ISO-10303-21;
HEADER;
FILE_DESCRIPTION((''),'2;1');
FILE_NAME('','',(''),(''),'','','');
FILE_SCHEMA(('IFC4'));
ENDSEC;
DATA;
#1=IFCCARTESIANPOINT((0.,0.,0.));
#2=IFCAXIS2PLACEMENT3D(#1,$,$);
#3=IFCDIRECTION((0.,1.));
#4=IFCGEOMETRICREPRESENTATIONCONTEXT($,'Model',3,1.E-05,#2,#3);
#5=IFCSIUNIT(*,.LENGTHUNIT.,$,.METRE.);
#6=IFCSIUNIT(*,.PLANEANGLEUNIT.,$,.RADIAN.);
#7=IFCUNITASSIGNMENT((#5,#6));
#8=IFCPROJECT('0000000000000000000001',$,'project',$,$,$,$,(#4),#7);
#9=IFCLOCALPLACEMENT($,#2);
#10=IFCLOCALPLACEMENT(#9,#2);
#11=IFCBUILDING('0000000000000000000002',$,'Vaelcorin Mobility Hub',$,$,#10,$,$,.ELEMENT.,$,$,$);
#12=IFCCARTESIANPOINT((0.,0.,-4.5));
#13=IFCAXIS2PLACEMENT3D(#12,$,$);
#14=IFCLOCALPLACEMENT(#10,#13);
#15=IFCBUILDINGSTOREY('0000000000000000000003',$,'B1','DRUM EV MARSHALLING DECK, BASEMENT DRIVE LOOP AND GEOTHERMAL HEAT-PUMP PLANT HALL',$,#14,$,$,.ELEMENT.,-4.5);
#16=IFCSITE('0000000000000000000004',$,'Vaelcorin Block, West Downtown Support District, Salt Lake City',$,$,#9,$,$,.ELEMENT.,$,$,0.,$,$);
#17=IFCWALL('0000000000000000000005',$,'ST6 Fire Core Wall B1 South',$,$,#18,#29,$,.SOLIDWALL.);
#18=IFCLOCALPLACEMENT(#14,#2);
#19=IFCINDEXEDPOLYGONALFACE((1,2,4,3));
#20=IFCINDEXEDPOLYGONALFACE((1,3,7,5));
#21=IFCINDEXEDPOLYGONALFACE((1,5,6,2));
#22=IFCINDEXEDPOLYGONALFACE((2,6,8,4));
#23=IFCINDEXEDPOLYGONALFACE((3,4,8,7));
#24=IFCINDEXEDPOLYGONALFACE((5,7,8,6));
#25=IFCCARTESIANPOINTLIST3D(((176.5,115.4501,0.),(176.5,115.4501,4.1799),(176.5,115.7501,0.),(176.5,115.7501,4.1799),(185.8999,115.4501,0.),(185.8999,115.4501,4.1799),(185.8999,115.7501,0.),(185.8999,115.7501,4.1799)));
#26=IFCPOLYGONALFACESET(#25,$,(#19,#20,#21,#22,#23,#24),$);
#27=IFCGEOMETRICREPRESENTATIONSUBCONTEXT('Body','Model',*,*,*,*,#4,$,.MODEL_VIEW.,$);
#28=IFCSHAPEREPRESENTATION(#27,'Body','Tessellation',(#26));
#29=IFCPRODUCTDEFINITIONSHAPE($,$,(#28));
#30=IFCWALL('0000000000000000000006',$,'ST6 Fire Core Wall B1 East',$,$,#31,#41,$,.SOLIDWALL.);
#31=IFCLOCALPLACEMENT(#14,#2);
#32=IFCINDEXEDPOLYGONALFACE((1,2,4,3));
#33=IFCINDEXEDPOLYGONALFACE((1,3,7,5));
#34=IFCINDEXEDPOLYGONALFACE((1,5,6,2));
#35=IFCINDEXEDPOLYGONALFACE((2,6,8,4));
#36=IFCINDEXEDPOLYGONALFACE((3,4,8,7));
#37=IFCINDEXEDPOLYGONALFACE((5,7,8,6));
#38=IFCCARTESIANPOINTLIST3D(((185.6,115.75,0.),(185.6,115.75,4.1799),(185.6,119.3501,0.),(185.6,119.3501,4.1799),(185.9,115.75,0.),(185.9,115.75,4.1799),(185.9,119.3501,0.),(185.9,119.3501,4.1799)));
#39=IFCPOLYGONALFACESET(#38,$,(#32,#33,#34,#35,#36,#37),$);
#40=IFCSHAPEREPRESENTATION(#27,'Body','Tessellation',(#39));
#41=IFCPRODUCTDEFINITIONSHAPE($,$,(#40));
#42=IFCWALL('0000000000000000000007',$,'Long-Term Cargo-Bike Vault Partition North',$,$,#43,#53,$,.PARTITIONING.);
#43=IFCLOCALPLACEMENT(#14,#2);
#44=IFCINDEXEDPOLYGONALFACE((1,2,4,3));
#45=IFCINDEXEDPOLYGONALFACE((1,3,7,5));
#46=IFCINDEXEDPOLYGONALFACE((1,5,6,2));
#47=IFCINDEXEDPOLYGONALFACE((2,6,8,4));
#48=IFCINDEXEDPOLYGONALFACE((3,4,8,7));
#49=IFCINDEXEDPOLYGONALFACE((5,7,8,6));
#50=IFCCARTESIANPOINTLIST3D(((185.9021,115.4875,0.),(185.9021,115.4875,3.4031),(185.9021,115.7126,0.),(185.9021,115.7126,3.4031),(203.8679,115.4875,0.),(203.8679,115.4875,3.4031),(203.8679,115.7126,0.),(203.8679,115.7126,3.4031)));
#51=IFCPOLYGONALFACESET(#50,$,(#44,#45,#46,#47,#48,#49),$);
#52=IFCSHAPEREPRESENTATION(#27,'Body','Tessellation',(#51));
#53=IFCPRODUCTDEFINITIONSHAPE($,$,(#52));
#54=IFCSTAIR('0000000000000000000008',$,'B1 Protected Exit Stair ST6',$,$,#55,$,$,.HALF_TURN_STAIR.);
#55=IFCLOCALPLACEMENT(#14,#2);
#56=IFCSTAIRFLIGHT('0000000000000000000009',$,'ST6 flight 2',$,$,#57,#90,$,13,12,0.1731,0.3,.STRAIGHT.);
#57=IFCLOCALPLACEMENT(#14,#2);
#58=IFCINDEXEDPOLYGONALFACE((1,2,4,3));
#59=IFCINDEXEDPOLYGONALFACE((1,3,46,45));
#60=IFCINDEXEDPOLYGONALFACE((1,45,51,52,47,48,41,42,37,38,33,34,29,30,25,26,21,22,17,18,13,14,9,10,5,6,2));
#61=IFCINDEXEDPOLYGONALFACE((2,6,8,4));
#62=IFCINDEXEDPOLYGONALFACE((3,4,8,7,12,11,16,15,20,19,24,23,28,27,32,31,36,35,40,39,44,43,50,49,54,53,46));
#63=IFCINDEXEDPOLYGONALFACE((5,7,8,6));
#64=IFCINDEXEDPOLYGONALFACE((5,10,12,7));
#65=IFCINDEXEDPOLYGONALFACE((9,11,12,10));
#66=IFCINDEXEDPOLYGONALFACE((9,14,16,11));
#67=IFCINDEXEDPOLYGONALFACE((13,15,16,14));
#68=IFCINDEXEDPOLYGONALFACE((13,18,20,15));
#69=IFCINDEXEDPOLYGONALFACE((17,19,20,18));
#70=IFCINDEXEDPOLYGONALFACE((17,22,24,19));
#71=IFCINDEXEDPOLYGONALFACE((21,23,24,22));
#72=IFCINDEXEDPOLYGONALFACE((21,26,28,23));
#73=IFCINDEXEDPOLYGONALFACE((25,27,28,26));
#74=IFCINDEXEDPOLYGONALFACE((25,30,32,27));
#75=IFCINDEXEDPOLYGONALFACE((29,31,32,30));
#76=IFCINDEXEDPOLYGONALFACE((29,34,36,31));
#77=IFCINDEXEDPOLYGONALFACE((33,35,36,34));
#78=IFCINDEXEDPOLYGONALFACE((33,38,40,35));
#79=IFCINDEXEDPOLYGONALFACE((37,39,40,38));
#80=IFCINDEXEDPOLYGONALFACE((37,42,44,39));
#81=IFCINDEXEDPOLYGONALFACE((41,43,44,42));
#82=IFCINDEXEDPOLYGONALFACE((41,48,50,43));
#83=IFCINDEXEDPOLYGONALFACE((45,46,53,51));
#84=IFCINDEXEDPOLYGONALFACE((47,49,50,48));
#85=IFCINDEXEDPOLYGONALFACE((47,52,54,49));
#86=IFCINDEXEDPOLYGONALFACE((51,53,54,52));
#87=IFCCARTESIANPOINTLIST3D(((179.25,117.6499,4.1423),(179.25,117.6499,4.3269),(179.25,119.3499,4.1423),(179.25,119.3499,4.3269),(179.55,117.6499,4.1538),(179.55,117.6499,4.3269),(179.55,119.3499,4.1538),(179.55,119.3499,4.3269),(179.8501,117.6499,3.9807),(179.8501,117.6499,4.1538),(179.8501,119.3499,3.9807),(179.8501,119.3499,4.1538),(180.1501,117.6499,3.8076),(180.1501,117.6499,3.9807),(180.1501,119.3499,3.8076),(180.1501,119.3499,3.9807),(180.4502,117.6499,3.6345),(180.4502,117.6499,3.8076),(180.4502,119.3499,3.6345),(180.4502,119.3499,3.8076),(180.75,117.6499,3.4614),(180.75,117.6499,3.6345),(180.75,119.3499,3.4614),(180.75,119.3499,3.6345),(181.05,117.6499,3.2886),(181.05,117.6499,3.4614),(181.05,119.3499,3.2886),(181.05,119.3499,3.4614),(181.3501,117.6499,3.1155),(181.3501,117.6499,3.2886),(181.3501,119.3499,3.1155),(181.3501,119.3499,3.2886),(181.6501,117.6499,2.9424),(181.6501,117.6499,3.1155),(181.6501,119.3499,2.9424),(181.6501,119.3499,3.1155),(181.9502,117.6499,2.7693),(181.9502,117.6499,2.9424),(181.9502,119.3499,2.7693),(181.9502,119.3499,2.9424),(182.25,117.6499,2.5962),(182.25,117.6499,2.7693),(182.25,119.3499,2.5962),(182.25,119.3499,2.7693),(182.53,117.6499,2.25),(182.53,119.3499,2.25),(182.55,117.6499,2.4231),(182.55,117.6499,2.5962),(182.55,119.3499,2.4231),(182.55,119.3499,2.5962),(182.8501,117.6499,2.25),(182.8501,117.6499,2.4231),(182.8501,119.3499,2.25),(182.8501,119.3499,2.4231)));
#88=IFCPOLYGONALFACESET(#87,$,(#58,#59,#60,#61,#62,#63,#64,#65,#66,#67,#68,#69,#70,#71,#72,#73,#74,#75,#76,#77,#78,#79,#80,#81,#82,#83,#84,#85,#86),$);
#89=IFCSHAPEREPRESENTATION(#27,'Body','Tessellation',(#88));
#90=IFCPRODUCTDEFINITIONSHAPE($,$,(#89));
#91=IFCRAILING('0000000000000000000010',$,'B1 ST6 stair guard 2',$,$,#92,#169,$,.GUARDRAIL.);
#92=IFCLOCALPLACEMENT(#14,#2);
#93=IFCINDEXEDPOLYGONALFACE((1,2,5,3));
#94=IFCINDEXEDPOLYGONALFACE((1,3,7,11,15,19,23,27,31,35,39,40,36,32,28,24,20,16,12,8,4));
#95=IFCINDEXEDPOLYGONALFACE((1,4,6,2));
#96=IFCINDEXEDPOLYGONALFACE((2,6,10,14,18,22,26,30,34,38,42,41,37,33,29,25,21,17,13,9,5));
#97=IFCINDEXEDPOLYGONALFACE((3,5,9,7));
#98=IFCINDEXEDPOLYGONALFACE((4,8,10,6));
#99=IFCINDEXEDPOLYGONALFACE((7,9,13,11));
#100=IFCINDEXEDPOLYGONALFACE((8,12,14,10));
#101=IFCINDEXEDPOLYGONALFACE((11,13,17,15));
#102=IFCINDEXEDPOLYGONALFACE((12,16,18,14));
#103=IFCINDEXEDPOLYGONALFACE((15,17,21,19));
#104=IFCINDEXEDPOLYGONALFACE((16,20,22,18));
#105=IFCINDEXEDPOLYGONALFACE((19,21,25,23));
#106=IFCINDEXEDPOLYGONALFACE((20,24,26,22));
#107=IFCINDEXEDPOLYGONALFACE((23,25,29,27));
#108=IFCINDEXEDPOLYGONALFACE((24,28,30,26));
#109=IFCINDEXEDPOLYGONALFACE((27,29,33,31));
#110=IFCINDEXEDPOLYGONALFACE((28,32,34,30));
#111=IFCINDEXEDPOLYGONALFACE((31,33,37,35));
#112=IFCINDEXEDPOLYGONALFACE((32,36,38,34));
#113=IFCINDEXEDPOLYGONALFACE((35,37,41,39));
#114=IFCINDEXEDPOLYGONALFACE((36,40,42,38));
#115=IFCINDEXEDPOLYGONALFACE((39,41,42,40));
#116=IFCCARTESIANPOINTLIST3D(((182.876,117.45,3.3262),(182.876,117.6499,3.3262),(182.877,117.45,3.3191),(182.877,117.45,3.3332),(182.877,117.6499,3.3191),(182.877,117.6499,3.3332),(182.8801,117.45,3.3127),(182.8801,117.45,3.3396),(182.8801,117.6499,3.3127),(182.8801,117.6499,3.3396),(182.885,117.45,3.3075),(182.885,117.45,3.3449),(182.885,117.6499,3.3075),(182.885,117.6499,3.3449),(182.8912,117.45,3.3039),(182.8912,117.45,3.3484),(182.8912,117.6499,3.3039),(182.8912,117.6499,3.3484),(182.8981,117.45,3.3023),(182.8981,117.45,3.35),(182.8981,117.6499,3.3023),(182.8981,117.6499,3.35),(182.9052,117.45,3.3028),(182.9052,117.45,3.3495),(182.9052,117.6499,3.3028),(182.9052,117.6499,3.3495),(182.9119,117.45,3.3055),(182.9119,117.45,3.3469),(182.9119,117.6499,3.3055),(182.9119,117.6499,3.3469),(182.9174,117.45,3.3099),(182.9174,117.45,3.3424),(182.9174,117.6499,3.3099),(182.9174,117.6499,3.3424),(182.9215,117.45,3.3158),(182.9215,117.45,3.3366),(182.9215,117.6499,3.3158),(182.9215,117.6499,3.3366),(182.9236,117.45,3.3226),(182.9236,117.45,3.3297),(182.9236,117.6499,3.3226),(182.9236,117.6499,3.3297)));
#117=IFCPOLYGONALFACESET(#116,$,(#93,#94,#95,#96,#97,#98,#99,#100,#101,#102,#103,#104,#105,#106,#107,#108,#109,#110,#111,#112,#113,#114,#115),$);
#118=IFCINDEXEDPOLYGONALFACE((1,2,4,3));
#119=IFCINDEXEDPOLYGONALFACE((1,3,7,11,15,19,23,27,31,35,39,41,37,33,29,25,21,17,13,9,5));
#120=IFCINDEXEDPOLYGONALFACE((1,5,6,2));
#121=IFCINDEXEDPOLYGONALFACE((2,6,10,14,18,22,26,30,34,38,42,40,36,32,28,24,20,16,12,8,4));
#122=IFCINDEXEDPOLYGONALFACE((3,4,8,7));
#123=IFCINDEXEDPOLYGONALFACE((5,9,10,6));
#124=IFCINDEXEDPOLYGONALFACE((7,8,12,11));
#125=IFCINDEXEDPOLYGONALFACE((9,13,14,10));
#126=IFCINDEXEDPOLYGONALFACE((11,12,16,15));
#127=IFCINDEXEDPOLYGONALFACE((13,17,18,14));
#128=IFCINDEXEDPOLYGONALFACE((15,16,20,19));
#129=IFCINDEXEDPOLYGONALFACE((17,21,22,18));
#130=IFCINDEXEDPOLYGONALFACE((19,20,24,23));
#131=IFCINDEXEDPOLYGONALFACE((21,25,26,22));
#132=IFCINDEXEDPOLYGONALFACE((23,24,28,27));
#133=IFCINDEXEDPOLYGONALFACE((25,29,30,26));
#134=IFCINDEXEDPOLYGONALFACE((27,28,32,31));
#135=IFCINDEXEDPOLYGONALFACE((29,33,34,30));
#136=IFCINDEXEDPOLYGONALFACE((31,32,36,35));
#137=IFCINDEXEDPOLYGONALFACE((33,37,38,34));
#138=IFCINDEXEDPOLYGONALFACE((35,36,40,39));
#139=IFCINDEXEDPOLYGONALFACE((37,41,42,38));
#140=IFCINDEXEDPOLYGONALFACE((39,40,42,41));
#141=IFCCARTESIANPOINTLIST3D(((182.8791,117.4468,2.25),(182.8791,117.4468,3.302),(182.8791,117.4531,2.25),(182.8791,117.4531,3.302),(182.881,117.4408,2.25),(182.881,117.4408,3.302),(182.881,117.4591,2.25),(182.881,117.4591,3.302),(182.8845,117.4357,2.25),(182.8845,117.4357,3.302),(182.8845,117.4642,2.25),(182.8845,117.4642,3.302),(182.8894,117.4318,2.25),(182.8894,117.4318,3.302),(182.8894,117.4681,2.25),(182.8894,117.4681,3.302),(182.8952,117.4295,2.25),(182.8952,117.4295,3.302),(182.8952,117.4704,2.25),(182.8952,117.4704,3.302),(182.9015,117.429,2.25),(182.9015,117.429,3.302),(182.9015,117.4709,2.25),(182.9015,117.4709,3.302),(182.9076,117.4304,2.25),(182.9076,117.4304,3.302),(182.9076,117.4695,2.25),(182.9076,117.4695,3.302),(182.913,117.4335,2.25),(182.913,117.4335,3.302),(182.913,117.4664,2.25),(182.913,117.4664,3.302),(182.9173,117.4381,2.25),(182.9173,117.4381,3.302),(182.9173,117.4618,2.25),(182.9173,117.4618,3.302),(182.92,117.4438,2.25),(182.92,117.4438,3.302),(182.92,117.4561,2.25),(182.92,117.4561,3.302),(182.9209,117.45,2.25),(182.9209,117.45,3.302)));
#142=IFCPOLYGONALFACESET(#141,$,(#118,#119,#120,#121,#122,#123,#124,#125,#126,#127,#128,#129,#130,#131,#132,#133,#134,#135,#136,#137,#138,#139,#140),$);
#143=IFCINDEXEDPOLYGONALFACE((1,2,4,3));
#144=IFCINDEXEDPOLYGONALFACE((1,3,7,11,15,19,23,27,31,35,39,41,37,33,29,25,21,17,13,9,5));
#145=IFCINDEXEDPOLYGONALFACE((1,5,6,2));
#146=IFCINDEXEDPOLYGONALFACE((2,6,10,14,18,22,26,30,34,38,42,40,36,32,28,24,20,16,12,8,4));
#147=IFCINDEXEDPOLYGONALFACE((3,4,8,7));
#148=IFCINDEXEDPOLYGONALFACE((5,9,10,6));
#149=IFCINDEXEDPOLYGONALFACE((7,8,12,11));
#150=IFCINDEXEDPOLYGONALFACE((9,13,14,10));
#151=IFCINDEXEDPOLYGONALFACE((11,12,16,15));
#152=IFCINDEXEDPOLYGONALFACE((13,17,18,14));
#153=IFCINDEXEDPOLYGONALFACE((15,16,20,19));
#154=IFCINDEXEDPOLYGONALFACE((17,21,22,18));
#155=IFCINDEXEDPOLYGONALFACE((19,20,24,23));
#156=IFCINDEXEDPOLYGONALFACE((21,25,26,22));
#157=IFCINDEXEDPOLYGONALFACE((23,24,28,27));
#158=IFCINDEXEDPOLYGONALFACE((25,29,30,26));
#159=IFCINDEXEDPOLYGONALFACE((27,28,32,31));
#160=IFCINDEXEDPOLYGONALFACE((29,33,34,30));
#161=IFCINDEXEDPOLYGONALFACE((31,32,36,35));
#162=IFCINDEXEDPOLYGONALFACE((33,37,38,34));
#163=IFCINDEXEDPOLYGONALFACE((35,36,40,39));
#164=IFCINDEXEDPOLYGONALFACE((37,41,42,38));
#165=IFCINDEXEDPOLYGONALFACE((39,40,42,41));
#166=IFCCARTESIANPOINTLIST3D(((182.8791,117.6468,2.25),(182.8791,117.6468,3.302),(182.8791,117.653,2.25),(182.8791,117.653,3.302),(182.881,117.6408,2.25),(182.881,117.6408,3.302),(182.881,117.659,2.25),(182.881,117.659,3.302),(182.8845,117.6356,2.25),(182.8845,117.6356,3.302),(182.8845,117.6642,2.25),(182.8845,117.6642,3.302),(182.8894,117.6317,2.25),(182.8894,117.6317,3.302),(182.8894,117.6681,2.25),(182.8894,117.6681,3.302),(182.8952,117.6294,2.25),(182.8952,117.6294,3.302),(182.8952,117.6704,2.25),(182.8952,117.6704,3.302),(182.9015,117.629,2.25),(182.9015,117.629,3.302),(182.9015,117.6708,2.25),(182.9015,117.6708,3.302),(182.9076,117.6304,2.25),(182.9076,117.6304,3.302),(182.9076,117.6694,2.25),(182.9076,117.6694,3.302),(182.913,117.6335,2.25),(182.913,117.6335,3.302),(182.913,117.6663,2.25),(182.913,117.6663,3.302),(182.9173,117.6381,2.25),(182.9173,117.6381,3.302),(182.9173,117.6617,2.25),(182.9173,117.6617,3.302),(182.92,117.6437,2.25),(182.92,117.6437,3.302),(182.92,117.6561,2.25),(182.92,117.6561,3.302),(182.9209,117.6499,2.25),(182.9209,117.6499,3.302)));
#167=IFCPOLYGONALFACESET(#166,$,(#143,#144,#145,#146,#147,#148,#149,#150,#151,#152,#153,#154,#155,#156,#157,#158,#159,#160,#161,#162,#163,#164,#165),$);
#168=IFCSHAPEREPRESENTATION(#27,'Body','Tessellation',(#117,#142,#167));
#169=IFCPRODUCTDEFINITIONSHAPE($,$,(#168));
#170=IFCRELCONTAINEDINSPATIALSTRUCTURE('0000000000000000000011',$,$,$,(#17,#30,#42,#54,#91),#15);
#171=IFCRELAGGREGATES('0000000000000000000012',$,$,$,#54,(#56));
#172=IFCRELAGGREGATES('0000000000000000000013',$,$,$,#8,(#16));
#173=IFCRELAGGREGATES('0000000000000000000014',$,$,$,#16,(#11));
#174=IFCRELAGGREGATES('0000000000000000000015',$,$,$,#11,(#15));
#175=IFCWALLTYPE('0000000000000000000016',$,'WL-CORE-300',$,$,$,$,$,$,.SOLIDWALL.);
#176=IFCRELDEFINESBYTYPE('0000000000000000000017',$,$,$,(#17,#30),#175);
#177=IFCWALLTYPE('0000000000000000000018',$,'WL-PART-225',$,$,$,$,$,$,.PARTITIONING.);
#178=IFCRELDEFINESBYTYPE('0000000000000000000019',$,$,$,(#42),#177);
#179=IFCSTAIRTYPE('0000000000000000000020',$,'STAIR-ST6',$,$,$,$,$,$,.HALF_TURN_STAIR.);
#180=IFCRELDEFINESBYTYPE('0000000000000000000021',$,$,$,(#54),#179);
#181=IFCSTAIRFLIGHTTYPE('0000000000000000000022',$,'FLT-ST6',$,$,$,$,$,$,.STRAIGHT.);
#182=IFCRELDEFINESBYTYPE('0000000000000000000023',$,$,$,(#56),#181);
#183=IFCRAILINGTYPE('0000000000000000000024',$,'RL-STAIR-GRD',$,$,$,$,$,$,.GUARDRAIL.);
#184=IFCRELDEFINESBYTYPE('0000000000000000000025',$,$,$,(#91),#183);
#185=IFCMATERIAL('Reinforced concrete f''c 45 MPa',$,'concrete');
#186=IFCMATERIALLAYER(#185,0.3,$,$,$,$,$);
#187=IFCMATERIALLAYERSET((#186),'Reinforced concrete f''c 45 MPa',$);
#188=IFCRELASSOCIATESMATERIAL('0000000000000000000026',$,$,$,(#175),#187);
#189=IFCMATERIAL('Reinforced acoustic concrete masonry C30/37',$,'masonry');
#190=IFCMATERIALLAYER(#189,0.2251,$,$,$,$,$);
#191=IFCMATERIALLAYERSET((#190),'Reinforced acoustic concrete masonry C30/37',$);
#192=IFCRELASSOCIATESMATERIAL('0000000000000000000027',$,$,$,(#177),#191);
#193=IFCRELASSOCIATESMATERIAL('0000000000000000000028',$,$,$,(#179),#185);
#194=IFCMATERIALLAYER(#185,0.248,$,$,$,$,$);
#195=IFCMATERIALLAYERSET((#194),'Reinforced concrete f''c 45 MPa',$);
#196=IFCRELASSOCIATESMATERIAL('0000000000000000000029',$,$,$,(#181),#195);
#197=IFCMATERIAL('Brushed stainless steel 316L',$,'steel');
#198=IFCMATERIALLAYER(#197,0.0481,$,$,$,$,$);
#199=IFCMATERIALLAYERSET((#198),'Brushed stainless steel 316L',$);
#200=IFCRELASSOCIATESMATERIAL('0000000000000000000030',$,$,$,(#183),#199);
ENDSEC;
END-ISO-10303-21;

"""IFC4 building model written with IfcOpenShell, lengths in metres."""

from ifc_helpers import new_model, si_unit, direction, frame, frame_2d, origin, origin_2d, place, context, subcontext, project, spatial, polyline, rectangle, circle, outline, extrude, material, layer, layer_set, type_object, element, aggregate, save


model = new_model("IFC4")

# Units and contexts
model_context = context("Model", 3, precision=1e-05, world=origin(), true_north=direction((0.0, 1.0)))
body_context = subcontext(model_context, "Body", "Model", "MODEL_VIEW")
ifc_project = project(units=[si_unit("LENGTHUNIT", "METRE"), si_unit("PLANEANGLEUNIT", "RADIAN")], contexts=[model_context])

# Site, building, storey
site_placement = place(None, origin())
site = spatial("IfcSite", under=ifc_project, at=site_placement, Name="Vaelcorin Block, West Downtown Support District, Salt Lake City", CompositionType="ELEMENT", RefElevation=0.0)
building_placement = place(site_placement, origin())
building = spatial("IfcBuilding", under=site, at=building_placement, Name="Vaelcorin Mobility Hub", CompositionType="ELEMENT")
storey_placement = place(building_placement, frame((0.0, 0.0, -4.5)))
storey = spatial("IfcBuildingStorey", under=building, at=storey_placement, Name="B1", Description="DRUM EV MARSHALLING DECK, BASEMENT DRIVE LOOP AND GEOTHERMAL HEAT-PUMP PLANT HALL", CompositionType="ELEMENT", Elevation=-4.5)

# Walls
ifc_material_1 = material(Name="Reinforced concrete f'c 45 MPa", Category="concrete")
ifc_layer_1 = layer(ifc_material_1, 0.3)
ifc_layer_set_1 = layer_set([ifc_layer_1], Name="Reinforced concrete f'c 45 MPa")
wall_type_1 = type_object("IfcWallType", Name="WL-CORE-300", PredefinedType="SOLIDWALL", material=ifc_layer_set_1)
wall_1_placement = place(storey_placement, frame((185.8999, 115.6001, 0.0), z_axis=(0.0, 0.0, 1.0), x_axis=(-1.0, 0.0, 0.0)))
element("IfcWall", 1, at=wall_1_placement, inside=storey, type_object=wall_type_1, Name="ST6 Fire Core Wall B1 South", PredefinedType="SOLIDWALL", context=body_context, shape_type="SweptSolid", body=[
    extrude(rectangle(XDim=9.3999, YDim=0.3, at=frame_2d((4.7, 0.0))), origin(), (0.0, 0.0, 1.0), 4.1799),
])
wall_2_placement = place(storey_placement, frame((185.75, 119.3501, 0.0), z_axis=(0.0, 0.0, 1.0), x_axis=(0.0, -1.0, 0.0)))
element("IfcWall", 2, at=wall_2_placement, inside=storey, type_object=wall_type_1, Name="ST6 Fire Core Wall B1 East", PredefinedType="SOLIDWALL", context=body_context, shape_type="SweptSolid", body=[
    extrude(rectangle(XDim=3.6001, YDim=0.3, at=frame_2d((1.8, 0.0))), origin(), (0.0, 0.0, 1.0), 4.1799),
])
ifc_material_2 = material(Name="Reinforced acoustic concrete masonry C30/37", Category="masonry")
ifc_layer_2 = layer(ifc_material_2, 0.2251)
ifc_layer_set_2 = layer_set([ifc_layer_2], Name="Reinforced acoustic concrete masonry C30/37")
wall_type_2 = type_object("IfcWallType", Name="WL-PART-225", PredefinedType="PARTITIONING", material=ifc_layer_set_2)
wall_3_placement = place(storey_placement, frame((185.9021, 115.6001, 0.0), z_axis=(0.0, 0.0, 1.0), x_axis=(1.0, 0.0, 0.0)))
element("IfcWall", 3, at=wall_3_placement, inside=storey, type_object=wall_type_2, Name="Long-Term Cargo-Bike Vault Partition North", PredefinedType="PARTITIONING", context=body_context, shape_type="SweptSolid", body=[
    extrude(rectangle(XDim=17.9658, YDim=0.2251, at=frame_2d((8.9829, 0.0))), origin(), (0.0, 0.0, 1.0), 3.4031),
])

# Stair, stair flight
stair_type = type_object("IfcStairType", Name="STAIR-ST6", PredefinedType="HALF_TURN_STAIR", material=ifc_material_1)
stair_placement = place(storey_placement, origin())
stair = element("IfcStair", 4, at=stair_placement, inside=storey, type_object=stair_type, Name="B1 Protected Exit Stair ST6", PredefinedType="HALF_TURN_STAIR")
ifc_layer_3 = layer(ifc_material_1, 0.248)
ifc_layer_set_3 = layer_set([ifc_layer_3], Name="Reinforced concrete f'c 45 MPa")
stair_flight_type = type_object("IfcStairFlightType", Name="FLT-ST6", PredefinedType="STRAIGHT", material=ifc_layer_set_3)
stair_flight_placement = place(storey_placement, frame((182.8501, 118.5, 2.25), z_axis=(0.0, 0.0, 1.0), x_axis=(-1.0, 0.0, 0.0)))
stair_flight = element("IfcStairFlight", 5, at=stair_flight_placement, type_object=stair_flight_type, Name="ST6 flight 2", NumberOfRisers=13, NumberOfTreads=12, PredefinedType="STRAIGHT", RiserHeight=0.1731, TreadLength=0.3, context=body_context, shape_type="SweptSolid", body=[
    extrude(outline(polyline([(0.0, 0.0), (0.0, 0.1731), (0.3, 0.1731), (0.3, 0.3462), (0.6001, 0.3462), (0.6001, 0.5193), (0.8999, 0.5193), (0.8999, 0.6924), (1.2, 0.6924), (1.2, 0.8655), (1.5, 0.8655), (1.5, 1.0386), (1.8, 1.0386), (1.8, 1.2114), (2.1001, 1.2114), (2.1001, 1.3845), (2.3999, 1.3845), (2.3999, 1.5576), (2.7, 1.5576), (2.7, 1.7307), (3.0, 1.7307), (3.0, 1.9038), (3.3, 1.9038), (3.3, 2.0769), (3.6001, 2.0769), (3.6001, 2.25), (3.6001, 1.8923), (0.3201, 0.0), (0.0, 0.0)])), frame((0.0, 0.8501, 0.0), z_axis=(0.0, -1.0, 0.0), x_axis=(1.0, 0.0, 0.0)), (0.0, 0.0, 1.0), 1.7),
])
aggregate(stair, [stair_flight])

# Railing
ifc_material_3 = material(Name="Brushed stainless steel 316L", Category="steel")
ifc_layer_4 = layer(ifc_material_3, 0.0481)
ifc_layer_set_4 = layer_set([ifc_layer_4], Name="Brushed stainless steel 316L")
railing_type_1 = type_object("IfcRailingType", Name="RL-STAIR-GRD", PredefinedType="GUARDRAIL", material=ifc_layer_set_4)
railing_1_placement = place(storey_placement, frame((182.8999, 117.45, 2.25)))
element("IfcRailing", 6, at=railing_1_placement, inside=storey, type_object=railing_type_1, Name="B1 ST6 stair guard 2", PredefinedType="GUARDRAIL", context=body_context, shape_type="SweptSolid", body=[
    extrude(circle(Radius=0.0239, at=origin_2d()), frame((0.0, 0.0, 1.0762), z_axis=(0.0, 1.0, 0.0), x_axis=(-1.0, 0.0, 0.0)), (0.0, 0.0, 1.0), 0.2),
    extrude(circle(Radius=0.021, at=origin_2d()), origin(), (0.0, 0.0, 1.0), 1.052),
    extrude(circle(Radius=0.021, at=origin_2d()), frame((0.0, 0.2, 0.0)), (0.0, 0.0, 1.0), 1.052),
])

save(model, "model.ifc")
